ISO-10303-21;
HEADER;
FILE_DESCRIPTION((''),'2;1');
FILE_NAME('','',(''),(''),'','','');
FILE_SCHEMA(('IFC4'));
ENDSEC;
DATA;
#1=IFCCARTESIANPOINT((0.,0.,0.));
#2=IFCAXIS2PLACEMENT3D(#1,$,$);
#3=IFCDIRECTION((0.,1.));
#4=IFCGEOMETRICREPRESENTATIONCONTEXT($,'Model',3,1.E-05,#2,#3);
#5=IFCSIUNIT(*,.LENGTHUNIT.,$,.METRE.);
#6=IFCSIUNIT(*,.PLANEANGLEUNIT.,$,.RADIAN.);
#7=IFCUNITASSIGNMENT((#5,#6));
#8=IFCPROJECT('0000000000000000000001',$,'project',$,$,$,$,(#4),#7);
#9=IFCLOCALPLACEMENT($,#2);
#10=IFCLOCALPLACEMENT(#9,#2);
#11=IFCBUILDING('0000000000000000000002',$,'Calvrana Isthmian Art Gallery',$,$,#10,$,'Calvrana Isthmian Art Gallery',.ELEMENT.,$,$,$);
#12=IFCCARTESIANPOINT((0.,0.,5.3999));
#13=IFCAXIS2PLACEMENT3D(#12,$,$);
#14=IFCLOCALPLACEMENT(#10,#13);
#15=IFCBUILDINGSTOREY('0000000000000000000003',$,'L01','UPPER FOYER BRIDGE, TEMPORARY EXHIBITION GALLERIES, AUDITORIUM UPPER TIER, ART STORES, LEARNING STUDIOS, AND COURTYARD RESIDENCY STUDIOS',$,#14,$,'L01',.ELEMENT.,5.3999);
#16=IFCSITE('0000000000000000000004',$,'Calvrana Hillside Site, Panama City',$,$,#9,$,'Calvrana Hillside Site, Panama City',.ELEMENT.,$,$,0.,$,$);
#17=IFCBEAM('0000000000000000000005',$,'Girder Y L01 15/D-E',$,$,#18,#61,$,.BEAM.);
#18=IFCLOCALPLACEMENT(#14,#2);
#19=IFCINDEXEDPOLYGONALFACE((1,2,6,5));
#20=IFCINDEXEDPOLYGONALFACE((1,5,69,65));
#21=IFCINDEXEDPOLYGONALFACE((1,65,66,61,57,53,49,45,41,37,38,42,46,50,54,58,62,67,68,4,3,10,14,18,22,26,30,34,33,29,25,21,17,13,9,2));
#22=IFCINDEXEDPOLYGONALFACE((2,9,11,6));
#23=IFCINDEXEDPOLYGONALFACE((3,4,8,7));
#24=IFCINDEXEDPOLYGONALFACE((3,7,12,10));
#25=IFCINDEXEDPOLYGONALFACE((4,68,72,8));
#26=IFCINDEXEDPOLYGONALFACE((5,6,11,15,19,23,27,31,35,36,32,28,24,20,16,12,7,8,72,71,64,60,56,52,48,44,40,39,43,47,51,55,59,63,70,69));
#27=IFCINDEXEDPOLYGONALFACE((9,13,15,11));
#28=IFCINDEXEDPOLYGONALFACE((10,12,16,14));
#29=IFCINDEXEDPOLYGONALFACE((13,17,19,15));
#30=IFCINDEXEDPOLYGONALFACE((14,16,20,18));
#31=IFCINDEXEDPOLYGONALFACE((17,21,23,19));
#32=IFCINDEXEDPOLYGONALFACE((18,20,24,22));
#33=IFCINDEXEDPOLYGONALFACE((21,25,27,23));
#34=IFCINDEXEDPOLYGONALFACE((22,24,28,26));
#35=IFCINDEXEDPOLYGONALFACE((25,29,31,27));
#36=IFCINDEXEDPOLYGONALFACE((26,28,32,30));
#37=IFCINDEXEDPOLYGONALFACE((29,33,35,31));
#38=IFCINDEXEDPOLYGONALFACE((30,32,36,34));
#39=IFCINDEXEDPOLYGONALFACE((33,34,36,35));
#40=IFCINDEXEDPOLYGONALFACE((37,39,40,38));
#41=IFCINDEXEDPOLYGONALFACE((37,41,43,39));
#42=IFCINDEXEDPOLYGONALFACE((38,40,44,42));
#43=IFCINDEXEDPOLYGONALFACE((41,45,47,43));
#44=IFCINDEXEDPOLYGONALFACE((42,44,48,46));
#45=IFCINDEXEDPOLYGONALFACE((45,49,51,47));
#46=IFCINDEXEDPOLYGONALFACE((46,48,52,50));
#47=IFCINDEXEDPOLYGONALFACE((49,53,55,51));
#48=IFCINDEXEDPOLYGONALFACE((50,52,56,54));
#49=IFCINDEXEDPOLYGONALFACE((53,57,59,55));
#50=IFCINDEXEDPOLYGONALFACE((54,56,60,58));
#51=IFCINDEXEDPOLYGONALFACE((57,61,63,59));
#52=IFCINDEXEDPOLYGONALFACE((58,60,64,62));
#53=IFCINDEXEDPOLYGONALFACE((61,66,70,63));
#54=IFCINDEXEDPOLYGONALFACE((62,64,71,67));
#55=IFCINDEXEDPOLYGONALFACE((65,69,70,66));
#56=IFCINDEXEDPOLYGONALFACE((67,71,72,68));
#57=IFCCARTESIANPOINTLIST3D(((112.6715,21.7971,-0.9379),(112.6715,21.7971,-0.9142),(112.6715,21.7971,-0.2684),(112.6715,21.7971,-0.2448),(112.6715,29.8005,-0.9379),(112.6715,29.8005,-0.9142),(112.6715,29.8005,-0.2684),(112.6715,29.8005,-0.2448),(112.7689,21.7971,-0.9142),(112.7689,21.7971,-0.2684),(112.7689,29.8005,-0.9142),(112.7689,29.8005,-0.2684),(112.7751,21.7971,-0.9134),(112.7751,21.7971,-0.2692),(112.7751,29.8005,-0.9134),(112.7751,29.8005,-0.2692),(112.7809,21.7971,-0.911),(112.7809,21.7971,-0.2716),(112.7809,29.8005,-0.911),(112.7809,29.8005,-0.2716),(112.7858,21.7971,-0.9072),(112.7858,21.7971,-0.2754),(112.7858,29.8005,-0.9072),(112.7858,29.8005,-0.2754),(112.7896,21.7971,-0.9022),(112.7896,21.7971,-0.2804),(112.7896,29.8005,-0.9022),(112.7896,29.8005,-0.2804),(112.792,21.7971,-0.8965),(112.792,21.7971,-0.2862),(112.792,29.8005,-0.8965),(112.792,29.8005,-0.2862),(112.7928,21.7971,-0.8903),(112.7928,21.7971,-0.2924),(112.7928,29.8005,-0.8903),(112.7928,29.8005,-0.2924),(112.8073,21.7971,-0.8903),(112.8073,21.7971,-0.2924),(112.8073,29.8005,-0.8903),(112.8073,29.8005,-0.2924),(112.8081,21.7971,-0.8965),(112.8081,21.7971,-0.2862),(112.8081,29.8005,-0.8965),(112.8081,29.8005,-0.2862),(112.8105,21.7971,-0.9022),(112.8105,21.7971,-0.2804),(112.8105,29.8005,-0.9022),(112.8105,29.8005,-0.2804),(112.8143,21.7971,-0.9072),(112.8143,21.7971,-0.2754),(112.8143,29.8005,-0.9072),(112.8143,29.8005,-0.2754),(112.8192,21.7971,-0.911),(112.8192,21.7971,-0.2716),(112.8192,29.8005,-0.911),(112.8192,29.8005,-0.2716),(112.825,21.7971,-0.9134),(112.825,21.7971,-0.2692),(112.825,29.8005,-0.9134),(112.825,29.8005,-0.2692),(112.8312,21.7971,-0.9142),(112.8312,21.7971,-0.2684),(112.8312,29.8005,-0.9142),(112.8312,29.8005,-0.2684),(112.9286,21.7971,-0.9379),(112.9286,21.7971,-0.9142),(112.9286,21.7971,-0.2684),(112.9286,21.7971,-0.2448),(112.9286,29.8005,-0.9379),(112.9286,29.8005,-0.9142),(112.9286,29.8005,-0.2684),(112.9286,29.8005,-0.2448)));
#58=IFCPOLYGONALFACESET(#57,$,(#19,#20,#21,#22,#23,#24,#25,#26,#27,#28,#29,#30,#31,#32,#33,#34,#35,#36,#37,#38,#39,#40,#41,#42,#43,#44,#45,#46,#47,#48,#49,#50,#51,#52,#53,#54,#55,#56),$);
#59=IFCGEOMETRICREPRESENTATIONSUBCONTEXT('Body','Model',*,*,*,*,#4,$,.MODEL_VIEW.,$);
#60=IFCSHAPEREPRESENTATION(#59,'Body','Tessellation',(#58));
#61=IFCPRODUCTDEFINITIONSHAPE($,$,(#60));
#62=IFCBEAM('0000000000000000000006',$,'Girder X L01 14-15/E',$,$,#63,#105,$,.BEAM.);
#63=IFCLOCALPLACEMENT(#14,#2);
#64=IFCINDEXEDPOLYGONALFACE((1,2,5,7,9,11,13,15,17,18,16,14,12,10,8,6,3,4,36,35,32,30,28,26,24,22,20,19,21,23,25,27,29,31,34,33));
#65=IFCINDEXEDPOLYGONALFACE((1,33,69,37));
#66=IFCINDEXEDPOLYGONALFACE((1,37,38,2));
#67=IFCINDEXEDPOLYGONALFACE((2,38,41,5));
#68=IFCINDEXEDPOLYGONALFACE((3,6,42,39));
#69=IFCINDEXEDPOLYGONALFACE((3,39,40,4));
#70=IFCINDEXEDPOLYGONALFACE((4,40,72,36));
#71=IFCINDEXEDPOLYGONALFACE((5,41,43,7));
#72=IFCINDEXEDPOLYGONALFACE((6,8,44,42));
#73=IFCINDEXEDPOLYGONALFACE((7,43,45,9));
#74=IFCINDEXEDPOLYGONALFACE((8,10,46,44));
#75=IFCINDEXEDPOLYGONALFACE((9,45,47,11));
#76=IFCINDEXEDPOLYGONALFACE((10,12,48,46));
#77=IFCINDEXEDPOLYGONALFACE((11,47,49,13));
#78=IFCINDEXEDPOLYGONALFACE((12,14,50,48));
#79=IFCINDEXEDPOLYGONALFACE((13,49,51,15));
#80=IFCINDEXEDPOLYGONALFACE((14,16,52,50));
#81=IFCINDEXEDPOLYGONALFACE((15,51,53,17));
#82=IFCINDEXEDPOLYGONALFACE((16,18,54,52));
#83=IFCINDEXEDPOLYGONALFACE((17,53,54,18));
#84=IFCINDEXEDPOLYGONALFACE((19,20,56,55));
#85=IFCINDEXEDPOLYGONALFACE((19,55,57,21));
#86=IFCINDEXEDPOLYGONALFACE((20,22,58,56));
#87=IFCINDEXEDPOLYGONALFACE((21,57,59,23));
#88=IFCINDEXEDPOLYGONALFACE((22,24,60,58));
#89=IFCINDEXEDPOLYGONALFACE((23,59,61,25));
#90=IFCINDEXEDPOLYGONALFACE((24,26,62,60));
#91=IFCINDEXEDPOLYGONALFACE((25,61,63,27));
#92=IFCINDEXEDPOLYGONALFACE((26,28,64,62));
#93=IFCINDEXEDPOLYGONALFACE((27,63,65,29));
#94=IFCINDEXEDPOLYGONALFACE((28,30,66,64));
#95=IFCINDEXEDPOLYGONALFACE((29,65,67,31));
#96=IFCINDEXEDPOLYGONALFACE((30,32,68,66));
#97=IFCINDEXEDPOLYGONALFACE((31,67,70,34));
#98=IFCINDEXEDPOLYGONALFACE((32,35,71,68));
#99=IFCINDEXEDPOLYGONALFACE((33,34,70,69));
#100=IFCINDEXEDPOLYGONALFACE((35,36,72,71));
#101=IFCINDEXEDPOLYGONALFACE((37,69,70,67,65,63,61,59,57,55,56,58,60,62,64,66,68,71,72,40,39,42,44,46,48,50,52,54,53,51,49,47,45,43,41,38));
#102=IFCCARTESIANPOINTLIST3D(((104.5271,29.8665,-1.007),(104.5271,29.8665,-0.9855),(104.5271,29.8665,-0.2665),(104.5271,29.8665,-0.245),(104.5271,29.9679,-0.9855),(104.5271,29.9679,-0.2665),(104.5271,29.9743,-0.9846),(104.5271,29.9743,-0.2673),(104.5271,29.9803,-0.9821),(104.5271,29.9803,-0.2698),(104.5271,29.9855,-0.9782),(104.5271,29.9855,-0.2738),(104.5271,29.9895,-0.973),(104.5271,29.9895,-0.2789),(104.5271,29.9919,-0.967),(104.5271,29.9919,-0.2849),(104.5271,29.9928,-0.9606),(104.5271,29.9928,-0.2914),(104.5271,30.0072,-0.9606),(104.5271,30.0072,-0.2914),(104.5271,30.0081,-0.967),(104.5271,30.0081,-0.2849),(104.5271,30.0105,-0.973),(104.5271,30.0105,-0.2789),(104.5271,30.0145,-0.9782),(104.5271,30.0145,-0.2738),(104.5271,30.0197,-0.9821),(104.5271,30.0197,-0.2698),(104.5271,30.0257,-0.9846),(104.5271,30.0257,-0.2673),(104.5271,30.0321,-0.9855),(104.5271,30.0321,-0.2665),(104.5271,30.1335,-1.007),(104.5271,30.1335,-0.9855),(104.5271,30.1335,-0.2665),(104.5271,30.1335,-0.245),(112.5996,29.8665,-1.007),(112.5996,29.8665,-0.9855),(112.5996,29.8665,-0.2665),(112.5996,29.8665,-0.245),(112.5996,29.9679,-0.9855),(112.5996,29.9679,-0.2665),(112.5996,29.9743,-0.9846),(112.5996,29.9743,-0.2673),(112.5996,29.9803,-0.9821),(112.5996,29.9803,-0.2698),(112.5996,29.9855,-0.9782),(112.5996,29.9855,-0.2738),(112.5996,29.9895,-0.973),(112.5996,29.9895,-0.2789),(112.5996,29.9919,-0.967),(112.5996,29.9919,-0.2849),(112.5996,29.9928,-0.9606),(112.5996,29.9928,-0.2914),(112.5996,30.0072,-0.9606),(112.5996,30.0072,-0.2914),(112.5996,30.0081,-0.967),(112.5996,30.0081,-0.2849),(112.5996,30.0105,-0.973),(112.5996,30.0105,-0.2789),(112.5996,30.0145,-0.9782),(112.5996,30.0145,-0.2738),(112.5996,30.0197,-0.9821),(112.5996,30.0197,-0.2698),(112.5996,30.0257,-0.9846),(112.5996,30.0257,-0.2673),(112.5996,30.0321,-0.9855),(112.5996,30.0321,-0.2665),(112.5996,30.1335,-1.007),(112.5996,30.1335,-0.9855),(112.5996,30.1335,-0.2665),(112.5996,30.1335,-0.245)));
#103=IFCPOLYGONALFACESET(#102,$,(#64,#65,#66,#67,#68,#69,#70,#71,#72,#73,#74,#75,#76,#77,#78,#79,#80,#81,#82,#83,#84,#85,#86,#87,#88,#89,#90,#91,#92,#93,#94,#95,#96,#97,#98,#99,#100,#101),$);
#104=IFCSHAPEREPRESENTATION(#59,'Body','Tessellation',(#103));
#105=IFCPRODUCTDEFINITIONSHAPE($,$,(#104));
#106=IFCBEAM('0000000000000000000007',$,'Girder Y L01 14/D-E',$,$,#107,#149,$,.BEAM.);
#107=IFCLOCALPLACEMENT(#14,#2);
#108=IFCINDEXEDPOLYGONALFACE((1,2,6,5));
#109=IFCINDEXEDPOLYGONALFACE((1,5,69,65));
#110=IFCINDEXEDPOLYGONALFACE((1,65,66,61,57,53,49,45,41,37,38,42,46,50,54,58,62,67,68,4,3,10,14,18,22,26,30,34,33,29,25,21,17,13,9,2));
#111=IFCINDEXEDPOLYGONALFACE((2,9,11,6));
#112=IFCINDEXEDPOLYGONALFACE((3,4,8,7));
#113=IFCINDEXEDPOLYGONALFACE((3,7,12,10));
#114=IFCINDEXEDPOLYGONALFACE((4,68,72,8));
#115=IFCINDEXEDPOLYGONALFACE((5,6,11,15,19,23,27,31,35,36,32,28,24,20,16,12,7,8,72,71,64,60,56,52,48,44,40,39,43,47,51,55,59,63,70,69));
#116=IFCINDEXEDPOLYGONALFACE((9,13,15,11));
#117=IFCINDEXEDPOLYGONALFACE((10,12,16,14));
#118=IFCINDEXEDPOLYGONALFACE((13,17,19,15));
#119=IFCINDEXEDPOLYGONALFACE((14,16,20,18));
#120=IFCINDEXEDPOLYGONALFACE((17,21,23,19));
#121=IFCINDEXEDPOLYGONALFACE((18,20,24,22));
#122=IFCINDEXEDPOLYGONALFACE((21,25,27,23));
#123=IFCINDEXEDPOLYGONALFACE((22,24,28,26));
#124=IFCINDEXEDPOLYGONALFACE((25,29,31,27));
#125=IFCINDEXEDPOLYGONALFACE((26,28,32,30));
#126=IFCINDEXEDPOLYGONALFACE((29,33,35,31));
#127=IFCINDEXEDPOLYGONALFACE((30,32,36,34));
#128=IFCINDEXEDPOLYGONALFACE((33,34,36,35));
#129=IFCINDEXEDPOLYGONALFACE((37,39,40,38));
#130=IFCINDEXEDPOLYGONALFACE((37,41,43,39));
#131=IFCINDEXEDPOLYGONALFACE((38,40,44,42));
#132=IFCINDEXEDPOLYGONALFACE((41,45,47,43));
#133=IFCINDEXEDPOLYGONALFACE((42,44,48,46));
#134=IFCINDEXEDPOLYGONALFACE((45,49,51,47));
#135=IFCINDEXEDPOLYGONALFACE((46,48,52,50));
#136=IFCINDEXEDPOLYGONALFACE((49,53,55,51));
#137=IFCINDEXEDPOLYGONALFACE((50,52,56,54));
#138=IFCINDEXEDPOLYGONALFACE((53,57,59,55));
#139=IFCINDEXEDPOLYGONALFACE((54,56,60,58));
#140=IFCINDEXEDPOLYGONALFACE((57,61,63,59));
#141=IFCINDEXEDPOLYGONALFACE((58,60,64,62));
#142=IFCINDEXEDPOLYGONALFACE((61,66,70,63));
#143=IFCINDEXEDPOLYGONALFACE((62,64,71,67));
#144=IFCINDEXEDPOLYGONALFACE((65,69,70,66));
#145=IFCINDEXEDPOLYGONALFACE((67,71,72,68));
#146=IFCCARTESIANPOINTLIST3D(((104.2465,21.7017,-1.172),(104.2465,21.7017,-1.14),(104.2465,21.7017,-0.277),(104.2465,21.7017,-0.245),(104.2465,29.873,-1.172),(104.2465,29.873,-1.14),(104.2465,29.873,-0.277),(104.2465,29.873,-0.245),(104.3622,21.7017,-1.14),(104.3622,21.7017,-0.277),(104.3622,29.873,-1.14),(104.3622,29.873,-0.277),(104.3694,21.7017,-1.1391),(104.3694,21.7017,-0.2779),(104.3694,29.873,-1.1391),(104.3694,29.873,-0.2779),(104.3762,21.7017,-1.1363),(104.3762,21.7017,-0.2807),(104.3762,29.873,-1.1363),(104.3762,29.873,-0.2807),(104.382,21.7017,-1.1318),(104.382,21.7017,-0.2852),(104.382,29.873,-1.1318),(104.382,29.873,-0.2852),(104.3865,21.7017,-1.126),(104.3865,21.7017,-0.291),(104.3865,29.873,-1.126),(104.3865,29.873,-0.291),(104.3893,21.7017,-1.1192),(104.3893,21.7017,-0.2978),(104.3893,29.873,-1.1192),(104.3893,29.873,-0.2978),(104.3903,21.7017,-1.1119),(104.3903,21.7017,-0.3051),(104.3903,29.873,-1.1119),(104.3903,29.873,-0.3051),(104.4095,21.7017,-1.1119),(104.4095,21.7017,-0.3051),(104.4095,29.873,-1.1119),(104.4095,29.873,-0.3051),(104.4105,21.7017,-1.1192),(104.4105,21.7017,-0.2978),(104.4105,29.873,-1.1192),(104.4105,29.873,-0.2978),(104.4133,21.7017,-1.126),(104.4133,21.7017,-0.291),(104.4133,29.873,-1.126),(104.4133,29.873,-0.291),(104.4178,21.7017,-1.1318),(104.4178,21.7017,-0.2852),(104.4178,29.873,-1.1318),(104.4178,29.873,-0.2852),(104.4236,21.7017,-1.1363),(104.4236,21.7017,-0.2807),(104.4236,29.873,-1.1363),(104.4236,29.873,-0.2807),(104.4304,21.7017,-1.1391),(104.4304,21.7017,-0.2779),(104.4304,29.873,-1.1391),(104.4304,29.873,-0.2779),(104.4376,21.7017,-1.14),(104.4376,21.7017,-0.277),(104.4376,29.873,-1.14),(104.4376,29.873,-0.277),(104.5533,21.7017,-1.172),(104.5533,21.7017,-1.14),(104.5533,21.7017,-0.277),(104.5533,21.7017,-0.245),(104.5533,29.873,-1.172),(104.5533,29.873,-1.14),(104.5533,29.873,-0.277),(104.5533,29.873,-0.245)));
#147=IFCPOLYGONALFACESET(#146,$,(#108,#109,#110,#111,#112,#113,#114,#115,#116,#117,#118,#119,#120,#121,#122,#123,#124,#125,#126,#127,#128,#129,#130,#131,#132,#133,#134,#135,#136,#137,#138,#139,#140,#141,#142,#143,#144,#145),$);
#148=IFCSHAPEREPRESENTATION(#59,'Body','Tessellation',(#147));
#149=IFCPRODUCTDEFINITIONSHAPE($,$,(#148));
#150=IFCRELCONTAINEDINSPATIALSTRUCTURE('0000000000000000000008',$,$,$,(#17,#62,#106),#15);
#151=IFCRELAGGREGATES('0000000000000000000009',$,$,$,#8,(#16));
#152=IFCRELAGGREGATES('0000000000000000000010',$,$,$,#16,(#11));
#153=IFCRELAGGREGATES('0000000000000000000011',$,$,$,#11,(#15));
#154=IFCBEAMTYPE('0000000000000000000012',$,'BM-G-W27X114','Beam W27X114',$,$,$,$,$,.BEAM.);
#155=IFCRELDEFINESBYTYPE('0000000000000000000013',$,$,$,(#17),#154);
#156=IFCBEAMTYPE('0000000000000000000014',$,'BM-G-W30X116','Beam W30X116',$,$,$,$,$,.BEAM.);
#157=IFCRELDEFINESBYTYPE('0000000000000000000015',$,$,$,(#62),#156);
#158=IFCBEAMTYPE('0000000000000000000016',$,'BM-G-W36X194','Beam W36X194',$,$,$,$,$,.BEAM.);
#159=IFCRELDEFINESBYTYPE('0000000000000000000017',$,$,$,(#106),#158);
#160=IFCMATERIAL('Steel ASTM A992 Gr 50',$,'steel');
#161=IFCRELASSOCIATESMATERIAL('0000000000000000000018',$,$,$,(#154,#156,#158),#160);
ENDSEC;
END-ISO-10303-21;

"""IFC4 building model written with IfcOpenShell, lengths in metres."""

from ifc_helpers import new_model, si_unit, direction, frame, origin, origin_2d, place, context, subcontext, project, spatial, i_section, extrude, material, material_profile, profile_set, type_object, element, save


model = new_model("IFC4")

# Units and contexts
model_context = context("Model", 3, precision=1e-05, world=origin(), true_north=direction((0.0, 1.0)))
body_context = subcontext(model_context, "Body", "Model", "MODEL_VIEW")
ifc_project = project(units=[si_unit("LENGTHUNIT", "METRE"), si_unit("PLANEANGLEUNIT", "RADIAN")], contexts=[model_context])

# Site, building, storey
site_placement = place(None, origin())
site = spatial("IfcSite", under=ifc_project, at=site_placement, Name="Calvrana Hillside Site, Panama City", LongName="Calvrana Hillside Site, Panama City", CompositionType="ELEMENT", RefElevation=0.0)
building_placement = place(site_placement, origin())
building = spatial("IfcBuilding", under=site, at=building_placement, Name="Calvrana Isthmian Art Gallery", LongName="Calvrana Isthmian Art Gallery", CompositionType="ELEMENT")
storey_placement = place(building_placement, frame((0.0, 0.0, 5.3999)))
storey = spatial("IfcBuildingStorey", under=building, at=storey_placement, Name="L01", Description="UPPER FOYER BRIDGE, TEMPORARY EXHIBITION GALLERIES, AUDITORIUM UPPER TIER, ART STORES, LEARNING STUDIOS, AND COURTYARD RESIDENCY STUDIOS", LongName="L01", CompositionType="ELEMENT", Elevation=5.3999)

# Shared definitions
ifc_material_1 = material(Name="Steel ASTM A992 Gr 50", Category="steel")

# Beams
ifc_material_profile_1 = material_profile(ifc_material_1, i_section(OverallWidth=0.2571, OverallDepth=0.6931, WebThickness=0.0144, FlangeThickness=0.0237, FilletRadius=0.0239, at=origin_2d()), Name="W27X114")
ifc_profile_set_1 = profile_set([ifc_material_profile_1], Name="Steel ASTM A992 Gr 50")
beam_type_1 = type_object("IfcBeamType", Name="BM-G-W27X114", Description="Beam W27X114", PredefinedType="BEAM", material=ifc_profile_set_1)
beam_1_placement = place(storey_placement, frame((112.8, 21.7971, -0.5913), z_axis=(0.0, 1.0, 0.0), x_axis=(-1.0, 0.0, 0.0)))
element("IfcBeam", 1, at=beam_1_placement, inside=storey, type_object=beam_type_1, Name="Girder Y L01 15/D-E", PredefinedType="BEAM", context=body_context, shape_type="SweptSolid", body=[
    extrude(i_section(OverallWidth=0.2571, OverallDepth=0.6931, WebThickness=0.0144, FlangeThickness=0.0237, FilletRadius=0.0239, at=origin_2d()), origin(), (0.0, 0.0, 1.0), 8.0034),
])
ifc_material_profile_2 = material_profile(ifc_material_1, i_section(OverallWidth=0.2671, OverallDepth=0.762, WebThickness=0.0144, FlangeThickness=0.0215, FilletRadius=0.0249, at=origin_2d()), Name="W30X116")
ifc_profile_set_2 = profile_set([ifc_material_profile_2], Name="Steel ASTM A992 Gr 50")
beam_type_2 = type_object("IfcBeamType", Name="BM-G-W30X116", Description="Beam W30X116", PredefinedType="BEAM", material=ifc_profile_set_2)
beam_2_placement = place(storey_placement, frame((104.5271, 30.0, -0.626), z_axis=(1.0, 0.0, 0.0), x_axis=(0.0, 1.0, 0.0)))
element("IfcBeam", 2, at=beam_2_placement, inside=storey, type_object=beam_type_2, Name="Girder X L01 14-15/E", PredefinedType="BEAM", context=body_context, shape_type="SweptSolid", body=[
    extrude(i_section(OverallWidth=0.2671, OverallDepth=0.762, WebThickness=0.0144, FlangeThickness=0.0215, FilletRadius=0.0249, at=origin_2d()), origin(), (0.0, 0.0, 1.0), 8.0725),
])
ifc_material_profile_3 = material_profile(ifc_material_1, i_section(OverallWidth=0.3069, OverallDepth=0.927, WebThickness=0.0193, FlangeThickness=0.032, FilletRadius=0.0281, at=origin_2d()), Name="W36X194")
ifc_profile_set_3 = profile_set([ifc_material_profile_3], Name="Steel ASTM A992 Gr 50")
beam_type_3 = type_object("IfcBeamType", Name="BM-G-W36X194", Description="Beam W36X194", PredefinedType="BEAM", material=ifc_profile_set_3)
beam_3_placement = place(storey_placement, frame((104.3999, 21.7017, -0.7085), z_axis=(0.0, 1.0, 0.0), x_axis=(-1.0, 0.0, 0.0)))
element("IfcBeam", 3, at=beam_3_placement, inside=storey, type_object=beam_type_3, Name="Girder Y L01 14/D-E", PredefinedType="BEAM", context=body_context, shape_type="SweptSolid", body=[
    extrude(i_section(OverallWidth=0.3069, OverallDepth=0.927, WebThickness=0.0193, FlangeThickness=0.032, FilletRadius=0.0281, at=origin_2d()), origin(), (0.0, 0.0, 1.0), 8.1714),
])

save(model, "model.ifc")
